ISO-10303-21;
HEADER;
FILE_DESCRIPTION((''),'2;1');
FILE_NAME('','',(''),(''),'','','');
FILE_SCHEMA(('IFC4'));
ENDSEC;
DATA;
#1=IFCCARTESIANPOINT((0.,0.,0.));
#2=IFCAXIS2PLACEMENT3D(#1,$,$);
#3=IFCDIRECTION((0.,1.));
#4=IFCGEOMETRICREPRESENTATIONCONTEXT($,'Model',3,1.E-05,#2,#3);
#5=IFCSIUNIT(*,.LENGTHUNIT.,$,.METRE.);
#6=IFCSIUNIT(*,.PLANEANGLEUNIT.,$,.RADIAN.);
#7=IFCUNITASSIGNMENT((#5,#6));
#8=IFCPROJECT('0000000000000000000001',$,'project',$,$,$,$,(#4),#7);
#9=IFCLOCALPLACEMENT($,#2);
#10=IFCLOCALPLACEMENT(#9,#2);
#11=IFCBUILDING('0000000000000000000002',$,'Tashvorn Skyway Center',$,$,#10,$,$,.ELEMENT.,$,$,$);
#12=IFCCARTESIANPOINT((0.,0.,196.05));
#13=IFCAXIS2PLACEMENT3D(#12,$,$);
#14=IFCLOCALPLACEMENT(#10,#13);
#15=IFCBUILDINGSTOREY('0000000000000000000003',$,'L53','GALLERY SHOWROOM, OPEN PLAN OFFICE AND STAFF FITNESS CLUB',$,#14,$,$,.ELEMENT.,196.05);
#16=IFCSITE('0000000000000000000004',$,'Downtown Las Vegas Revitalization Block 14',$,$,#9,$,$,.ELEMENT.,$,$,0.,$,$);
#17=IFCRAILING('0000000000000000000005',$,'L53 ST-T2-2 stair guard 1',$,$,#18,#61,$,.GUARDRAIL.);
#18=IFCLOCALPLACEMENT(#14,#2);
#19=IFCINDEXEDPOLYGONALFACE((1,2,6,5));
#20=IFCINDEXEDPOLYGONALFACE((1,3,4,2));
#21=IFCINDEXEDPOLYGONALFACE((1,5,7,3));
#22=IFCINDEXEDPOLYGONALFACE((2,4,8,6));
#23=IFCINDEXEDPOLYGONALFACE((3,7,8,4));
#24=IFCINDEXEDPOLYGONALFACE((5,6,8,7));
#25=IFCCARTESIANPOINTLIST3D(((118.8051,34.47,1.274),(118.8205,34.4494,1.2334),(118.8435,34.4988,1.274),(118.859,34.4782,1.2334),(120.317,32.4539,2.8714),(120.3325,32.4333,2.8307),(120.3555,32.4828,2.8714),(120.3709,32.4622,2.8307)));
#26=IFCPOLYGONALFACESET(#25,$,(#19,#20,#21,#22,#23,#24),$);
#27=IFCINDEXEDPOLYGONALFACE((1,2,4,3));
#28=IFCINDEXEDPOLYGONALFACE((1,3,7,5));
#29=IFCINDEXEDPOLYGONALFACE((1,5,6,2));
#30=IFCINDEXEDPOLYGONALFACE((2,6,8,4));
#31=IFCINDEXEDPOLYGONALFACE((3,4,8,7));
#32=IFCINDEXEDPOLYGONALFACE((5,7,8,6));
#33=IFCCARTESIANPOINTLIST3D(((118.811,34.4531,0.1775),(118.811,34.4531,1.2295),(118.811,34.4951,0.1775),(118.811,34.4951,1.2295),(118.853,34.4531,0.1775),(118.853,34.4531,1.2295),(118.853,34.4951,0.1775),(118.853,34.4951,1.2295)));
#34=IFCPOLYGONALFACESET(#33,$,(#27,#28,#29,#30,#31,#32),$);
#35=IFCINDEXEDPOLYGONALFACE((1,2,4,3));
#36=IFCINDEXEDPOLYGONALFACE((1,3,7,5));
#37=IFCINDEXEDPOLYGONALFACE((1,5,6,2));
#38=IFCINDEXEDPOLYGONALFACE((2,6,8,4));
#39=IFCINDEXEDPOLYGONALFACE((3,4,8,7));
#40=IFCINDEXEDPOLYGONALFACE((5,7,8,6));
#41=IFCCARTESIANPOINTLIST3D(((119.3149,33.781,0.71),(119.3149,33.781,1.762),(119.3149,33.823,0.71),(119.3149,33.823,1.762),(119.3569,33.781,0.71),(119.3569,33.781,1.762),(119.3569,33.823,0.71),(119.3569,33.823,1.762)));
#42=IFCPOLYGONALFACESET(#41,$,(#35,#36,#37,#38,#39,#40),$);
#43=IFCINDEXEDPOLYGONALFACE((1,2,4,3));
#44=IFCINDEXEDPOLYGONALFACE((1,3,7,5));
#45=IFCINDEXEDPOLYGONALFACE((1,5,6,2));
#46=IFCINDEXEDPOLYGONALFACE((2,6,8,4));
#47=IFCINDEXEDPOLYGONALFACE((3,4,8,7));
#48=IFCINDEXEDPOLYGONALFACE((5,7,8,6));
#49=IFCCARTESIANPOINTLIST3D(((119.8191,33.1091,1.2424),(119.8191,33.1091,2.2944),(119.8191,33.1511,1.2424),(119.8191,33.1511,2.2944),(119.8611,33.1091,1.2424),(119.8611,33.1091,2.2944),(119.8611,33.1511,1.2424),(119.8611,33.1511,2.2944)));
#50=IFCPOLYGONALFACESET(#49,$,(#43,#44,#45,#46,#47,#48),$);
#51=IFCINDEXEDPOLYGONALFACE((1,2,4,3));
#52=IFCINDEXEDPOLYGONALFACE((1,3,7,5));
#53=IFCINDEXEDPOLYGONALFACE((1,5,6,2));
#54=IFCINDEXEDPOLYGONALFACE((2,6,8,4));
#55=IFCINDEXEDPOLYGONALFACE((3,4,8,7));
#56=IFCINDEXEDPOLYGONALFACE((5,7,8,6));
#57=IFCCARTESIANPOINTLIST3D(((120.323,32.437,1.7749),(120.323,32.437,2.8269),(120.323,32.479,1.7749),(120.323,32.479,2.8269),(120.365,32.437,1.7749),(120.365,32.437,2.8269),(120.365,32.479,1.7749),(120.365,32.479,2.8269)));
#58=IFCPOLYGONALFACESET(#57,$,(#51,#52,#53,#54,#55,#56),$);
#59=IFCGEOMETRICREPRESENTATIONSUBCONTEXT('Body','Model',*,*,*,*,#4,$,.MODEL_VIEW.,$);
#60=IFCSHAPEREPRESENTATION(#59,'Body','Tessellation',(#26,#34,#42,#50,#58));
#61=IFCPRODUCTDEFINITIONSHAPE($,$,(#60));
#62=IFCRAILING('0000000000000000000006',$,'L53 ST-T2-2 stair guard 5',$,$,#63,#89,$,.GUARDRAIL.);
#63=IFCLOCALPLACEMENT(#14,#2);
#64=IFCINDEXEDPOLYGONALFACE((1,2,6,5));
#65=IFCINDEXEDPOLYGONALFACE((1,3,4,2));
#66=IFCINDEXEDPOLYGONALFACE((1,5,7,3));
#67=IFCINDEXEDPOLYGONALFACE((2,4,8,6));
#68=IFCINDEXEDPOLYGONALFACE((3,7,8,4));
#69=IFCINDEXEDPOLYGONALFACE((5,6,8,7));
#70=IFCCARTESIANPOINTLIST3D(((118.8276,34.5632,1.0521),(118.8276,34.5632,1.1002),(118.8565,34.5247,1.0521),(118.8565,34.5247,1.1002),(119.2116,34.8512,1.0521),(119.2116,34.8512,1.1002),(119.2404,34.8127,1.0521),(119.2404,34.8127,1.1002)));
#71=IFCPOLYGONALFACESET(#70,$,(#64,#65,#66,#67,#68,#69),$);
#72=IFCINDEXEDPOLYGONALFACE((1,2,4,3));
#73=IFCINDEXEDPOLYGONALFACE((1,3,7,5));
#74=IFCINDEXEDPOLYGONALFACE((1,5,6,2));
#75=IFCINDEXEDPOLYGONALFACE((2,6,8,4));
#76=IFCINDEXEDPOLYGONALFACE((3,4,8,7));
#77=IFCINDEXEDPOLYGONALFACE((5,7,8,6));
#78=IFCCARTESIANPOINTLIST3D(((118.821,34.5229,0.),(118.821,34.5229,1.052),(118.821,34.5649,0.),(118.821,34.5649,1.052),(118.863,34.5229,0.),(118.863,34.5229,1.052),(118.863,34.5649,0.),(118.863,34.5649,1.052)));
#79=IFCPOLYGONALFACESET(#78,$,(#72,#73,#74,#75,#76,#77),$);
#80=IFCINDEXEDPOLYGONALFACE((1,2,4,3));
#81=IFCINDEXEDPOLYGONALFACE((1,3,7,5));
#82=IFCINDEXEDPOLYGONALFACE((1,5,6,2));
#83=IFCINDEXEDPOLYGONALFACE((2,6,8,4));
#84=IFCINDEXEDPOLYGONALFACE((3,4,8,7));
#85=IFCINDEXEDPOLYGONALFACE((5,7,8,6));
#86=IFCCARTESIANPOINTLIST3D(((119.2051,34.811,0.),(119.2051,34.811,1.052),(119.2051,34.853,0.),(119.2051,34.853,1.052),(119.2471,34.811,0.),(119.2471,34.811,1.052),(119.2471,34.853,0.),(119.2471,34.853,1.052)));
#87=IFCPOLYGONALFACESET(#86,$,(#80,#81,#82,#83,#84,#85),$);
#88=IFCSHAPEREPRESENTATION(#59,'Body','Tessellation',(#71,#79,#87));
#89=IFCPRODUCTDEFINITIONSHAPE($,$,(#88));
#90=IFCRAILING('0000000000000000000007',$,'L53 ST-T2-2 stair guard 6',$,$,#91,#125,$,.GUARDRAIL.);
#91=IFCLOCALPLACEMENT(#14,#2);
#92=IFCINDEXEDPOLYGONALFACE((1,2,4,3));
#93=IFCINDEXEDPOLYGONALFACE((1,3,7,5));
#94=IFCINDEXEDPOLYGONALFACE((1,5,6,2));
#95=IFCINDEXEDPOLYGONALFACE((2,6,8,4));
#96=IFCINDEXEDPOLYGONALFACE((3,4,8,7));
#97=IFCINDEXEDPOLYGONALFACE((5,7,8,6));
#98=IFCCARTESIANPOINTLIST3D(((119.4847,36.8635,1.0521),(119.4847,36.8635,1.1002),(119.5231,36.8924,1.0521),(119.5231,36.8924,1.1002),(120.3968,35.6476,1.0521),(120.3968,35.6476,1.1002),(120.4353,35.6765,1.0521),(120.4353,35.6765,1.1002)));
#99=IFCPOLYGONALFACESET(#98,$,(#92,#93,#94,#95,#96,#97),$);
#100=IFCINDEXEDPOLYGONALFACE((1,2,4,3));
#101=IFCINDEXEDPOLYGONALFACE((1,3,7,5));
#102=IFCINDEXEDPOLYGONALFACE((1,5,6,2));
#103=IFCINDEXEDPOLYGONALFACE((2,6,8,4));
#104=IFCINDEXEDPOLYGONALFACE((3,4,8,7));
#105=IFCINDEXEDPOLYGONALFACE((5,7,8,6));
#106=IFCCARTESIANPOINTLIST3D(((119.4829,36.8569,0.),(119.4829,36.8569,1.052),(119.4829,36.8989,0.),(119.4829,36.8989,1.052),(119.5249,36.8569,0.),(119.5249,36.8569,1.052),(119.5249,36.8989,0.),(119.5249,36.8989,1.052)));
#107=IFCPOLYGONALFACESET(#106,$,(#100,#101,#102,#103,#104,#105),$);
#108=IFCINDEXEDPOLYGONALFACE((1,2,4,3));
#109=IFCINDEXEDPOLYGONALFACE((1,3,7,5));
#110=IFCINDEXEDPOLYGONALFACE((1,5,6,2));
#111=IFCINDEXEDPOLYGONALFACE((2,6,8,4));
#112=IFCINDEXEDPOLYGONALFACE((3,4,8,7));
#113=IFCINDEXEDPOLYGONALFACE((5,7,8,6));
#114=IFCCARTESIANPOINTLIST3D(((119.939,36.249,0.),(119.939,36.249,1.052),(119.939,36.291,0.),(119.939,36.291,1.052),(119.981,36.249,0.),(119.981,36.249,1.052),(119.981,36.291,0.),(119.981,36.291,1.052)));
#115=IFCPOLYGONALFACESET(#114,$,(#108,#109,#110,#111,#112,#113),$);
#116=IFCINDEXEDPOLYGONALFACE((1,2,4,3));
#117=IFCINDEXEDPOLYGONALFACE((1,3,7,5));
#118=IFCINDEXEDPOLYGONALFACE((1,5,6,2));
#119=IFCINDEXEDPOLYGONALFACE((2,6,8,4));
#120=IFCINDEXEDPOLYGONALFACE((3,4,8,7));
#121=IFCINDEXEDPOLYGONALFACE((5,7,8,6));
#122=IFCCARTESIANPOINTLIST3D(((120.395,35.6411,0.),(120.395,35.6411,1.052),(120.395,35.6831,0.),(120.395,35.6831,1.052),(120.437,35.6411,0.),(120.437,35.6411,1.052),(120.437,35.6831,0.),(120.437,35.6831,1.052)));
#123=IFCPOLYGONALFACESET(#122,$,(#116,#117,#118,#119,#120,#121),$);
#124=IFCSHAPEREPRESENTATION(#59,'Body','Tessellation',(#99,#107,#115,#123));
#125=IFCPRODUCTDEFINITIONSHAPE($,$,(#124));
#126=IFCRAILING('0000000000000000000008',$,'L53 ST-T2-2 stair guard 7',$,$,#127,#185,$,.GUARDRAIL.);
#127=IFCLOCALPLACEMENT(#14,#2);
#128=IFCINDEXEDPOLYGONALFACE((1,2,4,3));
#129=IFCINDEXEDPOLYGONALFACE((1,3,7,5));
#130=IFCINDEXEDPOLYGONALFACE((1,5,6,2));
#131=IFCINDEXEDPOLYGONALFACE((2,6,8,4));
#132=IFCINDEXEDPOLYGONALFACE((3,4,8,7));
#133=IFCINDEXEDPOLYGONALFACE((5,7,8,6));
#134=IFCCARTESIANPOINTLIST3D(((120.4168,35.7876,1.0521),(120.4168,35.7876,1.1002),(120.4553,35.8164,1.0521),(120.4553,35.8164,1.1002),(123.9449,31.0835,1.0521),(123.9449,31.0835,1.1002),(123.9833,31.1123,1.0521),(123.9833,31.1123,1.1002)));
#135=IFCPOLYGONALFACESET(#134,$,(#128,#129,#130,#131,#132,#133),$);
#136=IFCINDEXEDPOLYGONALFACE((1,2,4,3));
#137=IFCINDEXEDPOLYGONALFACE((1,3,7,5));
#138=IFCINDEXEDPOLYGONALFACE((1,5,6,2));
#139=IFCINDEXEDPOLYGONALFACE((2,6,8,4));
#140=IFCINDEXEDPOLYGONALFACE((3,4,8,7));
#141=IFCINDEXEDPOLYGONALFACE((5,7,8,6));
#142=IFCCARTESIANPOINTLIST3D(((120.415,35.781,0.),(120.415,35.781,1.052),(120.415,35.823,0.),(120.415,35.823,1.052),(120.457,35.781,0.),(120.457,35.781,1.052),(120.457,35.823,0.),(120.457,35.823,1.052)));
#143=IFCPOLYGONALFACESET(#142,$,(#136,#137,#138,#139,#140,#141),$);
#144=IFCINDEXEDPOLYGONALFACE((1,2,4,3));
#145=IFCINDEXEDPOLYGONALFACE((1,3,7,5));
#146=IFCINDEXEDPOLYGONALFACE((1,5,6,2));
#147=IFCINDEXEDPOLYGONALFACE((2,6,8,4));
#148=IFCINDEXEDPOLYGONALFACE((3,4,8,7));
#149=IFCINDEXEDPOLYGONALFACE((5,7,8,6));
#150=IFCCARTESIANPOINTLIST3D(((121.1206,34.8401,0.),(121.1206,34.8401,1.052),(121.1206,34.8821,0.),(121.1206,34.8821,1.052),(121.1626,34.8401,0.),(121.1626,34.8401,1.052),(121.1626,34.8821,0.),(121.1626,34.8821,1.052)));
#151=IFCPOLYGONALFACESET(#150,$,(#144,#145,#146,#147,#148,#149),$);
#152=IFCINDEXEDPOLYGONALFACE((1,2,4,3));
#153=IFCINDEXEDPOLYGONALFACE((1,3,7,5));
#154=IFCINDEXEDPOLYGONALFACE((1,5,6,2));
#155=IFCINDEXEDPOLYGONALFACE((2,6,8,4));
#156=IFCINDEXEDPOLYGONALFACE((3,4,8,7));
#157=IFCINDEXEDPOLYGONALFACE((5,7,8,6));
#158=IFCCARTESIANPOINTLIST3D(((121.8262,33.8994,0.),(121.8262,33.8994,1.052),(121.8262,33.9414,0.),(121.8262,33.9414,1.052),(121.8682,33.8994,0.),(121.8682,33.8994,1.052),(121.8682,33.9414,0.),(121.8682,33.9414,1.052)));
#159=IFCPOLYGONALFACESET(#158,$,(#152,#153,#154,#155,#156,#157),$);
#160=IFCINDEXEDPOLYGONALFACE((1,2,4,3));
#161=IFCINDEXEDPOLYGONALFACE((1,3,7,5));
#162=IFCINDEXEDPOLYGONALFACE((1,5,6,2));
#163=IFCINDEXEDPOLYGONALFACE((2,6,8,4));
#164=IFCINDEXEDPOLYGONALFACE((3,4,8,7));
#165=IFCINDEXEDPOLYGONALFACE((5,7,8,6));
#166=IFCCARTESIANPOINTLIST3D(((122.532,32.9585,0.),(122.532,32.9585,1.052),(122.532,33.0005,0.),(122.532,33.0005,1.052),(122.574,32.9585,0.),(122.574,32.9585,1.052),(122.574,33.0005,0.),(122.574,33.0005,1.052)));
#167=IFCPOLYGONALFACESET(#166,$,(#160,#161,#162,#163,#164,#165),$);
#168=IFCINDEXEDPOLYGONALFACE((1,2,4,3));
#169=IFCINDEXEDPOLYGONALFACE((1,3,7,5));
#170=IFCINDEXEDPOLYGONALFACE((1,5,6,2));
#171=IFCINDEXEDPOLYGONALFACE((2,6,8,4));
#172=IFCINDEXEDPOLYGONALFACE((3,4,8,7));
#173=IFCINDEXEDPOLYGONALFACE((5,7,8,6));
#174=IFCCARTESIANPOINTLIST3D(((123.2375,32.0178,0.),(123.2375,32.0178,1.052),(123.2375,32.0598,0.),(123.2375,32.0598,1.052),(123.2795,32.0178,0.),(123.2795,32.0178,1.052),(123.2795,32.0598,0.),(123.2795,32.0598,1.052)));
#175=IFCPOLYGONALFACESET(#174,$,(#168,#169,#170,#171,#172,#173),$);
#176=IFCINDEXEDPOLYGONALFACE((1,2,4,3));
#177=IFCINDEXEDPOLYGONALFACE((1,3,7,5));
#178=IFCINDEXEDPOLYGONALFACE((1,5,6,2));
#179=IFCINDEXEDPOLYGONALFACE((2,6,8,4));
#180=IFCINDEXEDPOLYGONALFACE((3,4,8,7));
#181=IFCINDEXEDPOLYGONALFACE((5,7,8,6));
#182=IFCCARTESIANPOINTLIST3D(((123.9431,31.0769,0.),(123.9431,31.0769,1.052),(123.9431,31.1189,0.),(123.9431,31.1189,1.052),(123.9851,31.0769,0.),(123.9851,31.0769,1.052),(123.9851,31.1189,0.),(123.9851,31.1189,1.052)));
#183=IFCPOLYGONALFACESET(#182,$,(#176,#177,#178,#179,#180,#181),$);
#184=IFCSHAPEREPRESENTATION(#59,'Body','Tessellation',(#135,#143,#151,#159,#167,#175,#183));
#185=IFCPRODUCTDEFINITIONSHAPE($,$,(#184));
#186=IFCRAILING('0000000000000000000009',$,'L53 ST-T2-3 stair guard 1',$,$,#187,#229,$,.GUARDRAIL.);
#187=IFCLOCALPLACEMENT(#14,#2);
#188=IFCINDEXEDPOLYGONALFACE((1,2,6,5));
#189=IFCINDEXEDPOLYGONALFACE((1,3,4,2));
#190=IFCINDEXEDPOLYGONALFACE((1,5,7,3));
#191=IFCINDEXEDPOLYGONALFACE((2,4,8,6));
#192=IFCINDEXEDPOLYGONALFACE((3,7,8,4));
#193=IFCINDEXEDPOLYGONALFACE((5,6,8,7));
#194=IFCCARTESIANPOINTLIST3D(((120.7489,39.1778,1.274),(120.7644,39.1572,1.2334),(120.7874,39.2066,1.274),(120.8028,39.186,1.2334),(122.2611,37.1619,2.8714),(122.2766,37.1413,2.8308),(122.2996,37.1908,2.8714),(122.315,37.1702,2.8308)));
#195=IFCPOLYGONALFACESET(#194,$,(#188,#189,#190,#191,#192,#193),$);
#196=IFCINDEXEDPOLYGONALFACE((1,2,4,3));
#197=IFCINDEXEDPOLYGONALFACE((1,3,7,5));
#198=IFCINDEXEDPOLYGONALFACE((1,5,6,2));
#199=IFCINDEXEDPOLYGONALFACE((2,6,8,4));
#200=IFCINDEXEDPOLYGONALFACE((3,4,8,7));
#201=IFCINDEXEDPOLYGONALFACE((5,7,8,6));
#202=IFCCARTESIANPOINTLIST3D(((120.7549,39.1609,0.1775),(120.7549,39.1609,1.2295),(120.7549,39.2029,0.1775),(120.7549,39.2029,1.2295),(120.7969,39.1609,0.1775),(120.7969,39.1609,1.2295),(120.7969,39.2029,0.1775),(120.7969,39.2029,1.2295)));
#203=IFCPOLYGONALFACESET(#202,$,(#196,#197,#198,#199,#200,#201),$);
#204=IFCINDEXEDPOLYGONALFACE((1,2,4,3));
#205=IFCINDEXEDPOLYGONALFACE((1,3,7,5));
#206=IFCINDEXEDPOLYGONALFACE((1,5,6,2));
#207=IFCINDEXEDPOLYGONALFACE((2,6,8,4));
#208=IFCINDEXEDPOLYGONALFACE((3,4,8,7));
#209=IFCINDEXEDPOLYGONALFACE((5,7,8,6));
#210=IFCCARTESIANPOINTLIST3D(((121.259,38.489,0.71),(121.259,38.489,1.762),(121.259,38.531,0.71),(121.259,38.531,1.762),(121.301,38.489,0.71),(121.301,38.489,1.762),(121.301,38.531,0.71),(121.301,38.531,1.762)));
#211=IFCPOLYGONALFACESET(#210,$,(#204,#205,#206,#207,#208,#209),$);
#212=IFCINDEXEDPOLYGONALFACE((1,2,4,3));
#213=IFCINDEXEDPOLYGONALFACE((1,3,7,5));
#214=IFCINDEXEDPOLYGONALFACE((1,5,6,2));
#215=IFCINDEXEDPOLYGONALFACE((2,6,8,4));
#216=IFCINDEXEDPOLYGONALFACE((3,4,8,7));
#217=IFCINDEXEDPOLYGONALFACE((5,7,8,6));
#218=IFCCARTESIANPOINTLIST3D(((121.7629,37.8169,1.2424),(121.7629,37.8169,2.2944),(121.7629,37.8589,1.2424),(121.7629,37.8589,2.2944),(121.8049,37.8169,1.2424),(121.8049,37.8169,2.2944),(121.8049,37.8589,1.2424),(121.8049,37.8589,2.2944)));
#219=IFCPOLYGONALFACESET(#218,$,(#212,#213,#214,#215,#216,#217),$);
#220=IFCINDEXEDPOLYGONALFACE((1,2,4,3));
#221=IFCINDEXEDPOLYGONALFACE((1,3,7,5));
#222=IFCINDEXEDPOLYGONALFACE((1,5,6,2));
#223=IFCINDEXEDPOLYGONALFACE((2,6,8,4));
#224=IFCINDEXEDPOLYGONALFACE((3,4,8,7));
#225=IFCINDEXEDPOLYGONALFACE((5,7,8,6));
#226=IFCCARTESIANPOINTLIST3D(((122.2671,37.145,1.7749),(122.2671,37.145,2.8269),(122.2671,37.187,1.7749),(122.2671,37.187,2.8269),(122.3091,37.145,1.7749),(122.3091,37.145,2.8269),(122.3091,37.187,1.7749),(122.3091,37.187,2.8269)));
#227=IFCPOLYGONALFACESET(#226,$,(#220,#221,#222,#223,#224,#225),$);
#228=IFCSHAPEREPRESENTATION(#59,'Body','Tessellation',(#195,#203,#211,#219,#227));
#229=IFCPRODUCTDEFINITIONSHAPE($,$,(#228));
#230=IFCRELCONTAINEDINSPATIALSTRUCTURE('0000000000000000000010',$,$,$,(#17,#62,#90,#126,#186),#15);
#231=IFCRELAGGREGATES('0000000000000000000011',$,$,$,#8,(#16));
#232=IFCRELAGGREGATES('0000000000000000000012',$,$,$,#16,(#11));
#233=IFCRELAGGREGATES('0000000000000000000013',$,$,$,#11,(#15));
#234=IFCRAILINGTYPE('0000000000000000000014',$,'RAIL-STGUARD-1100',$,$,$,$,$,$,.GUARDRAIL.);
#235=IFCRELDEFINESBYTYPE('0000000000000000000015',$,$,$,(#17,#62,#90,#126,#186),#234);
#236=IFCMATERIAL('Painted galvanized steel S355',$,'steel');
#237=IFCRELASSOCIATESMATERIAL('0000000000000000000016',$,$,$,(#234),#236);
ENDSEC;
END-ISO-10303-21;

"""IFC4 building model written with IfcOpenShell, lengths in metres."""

from ifc_helpers import new_model, si_unit, direction, frame, origin, origin_2d, place, context, subcontext, project, spatial, rectangle, extrude, material, type_object, element, save


model = new_model("IFC4")

# Units and contexts
model_context = context("Model", 3, precision=1e-05, world=origin(), true_north=direction((0.0, 1.0)))
body_context = subcontext(model_context, "Body", "Model", "MODEL_VIEW")
ifc_project = project(units=[si_unit("LENGTHUNIT", "METRE"), si_unit("PLANEANGLEUNIT", "RADIAN")], contexts=[model_context])

# Site, building, storey
site_placement = place(None, origin())
site = spatial("IfcSite", under=ifc_project, at=site_placement, Name="Downtown Las Vegas Revitalization Block 14", CompositionType="ELEMENT", RefElevation=0.0)
building_placement = place(site_placement, origin())
building = spatial("IfcBuilding", under=site, at=building_placement, Name="Tashvorn Skyway Center", CompositionType="ELEMENT")
storey_placement = place(building_placement, frame((0.0, 0.0, 196.05)))
storey = spatial("IfcBuildingStorey", under=building, at=storey_placement, Name="L53", Description="GALLERY SHOWROOM, OPEN PLAN OFFICE AND STAFF FITNESS CLUB", CompositionType="ELEMENT", Elevation=196.05)

# Railings
ifc_material_1 = material(Name="Painted galvanized steel S355", Category="steel")
railing_type_1 = type_object("IfcRailingType", Name="RAIL-STGUARD-1100", PredefinedType="GUARDRAIL", material=ifc_material_1)
railing_1_placement = place(storey_placement, frame((118.832, 34.4741, 0.1775)))
element("IfcRailing", 1, at=railing_1_placement, inside=storey, type_object=railing_type_1, Name="L53 ST-T2-2 stair guard 1", PredefinedType="GUARDRAIL", context=body_context, shape_type="SweptSolid", body=[
    extrude(rectangle(XDim=0.0481, YDim=0.0481, at=origin_2d()), frame((0.0, 0.0, 1.0762), z_axis=(0.506741, -0.675709, 0.535379), x_axis=(0.800023, 0.599969, 0.0)), (0.0, 0.0, 1.0), 2.9836),
    extrude(rectangle(XDim=0.042, YDim=0.042, at=origin_2d()), origin(), (0.0, 0.0, 1.0), 1.052),
    extrude(rectangle(XDim=0.042, YDim=0.042, at=origin_2d()), frame((0.5039, -0.6721, 0.5325)), (0.0, 0.0, 1.0), 1.052),
    extrude(rectangle(XDim=0.042, YDim=0.042, at=origin_2d()), frame((1.0081, -1.344, 1.0649)), (0.0, 0.0, 1.0), 1.052),
    extrude(rectangle(XDim=0.042, YDim=0.042, at=origin_2d()), frame((1.512, -2.0161, 1.5974)), (0.0, 0.0, 1.0), 1.052),
])
railing_2_placement = place(storey_placement, frame((118.842, 34.5439, 0.0)))
element("IfcRailing", 2, at=railing_2_placement, inside=storey, type_object=railing_type_1, Name="L53 ST-T2-2 stair guard 5", PredefinedType="GUARDRAIL", context=body_context, shape_type="SweptSolid", body=[
    extrude(rectangle(XDim=0.0481, YDim=0.0481, at=origin_2d()), frame((0.0, 0.0, 1.0762), z_axis=(0.799939, 0.600081, 0.0), x_axis=(-0.600081, 0.799939, 0.0)), (0.0, 0.0, 1.0), 0.48),
    extrude(rectangle(XDim=0.042, YDim=0.042, at=origin_2d()), origin(), (0.0, 0.0, 1.0), 1.052),
    extrude(rectangle(XDim=0.042, YDim=0.042, at=origin_2d()), frame((0.384, 0.2881, 0.0)), (0.0, 0.0, 1.0), 1.052),
])
railing_3_placement = place(storey_placement, frame((119.5039, 36.8779, 0.0)))
element("IfcRailing", 3, at=railing_3_placement, inside=storey, type_object=railing_type_1, Name="L53 ST-T2-2 stair guard 6", PredefinedType="GUARDRAIL", context=body_context, shape_type="SweptSolid", body=[
    extrude(rectangle(XDim=0.0481, YDim=0.0481, at=origin_2d()), frame((0.0, 0.0, 1.0762), z_axis=(0.600103, -0.799923, 0.0), x_axis=(0.799923, 0.600103, 0.0)), (0.0, 0.0, 1.0), 1.52),
    extrude(rectangle(XDim=0.042, YDim=0.042, at=origin_2d()), origin(), (0.0, 0.0, 1.0), 1.052),
    extrude(rectangle(XDim=0.042, YDim=0.042, at=origin_2d()), frame((0.4561, -0.6079, 0.0)), (0.0, 0.0, 1.0), 1.052),
    extrude(rectangle(XDim=0.042, YDim=0.042, at=origin_2d()), frame((0.9121, -1.2158, 0.0)), (0.0, 0.0, 1.0), 1.052),
])
railing_4_placement = place(storey_placement, frame((120.436, 35.802, 0.0)))
element("IfcRailing", 4, at=railing_4_placement, inside=storey, type_object=railing_type_1, Name="L53 ST-T2-2 stair guard 7", PredefinedType="GUARDRAIL", context=body_context, shape_type="SweptSolid", body=[
    extrude(rectangle(XDim=0.0481, YDim=0.0481, at=origin_2d()), frame((0.0, 0.0, 1.0762), z_axis=(0.6, -0.8, 0.0), x_axis=(0.8, 0.6, 0.0)), (0.0, 0.0, 1.0), 5.8801),
    extrude(rectangle(XDim=0.042, YDim=0.042, at=origin_2d()), origin(), (0.0, 0.0, 1.0), 1.052),
    extrude(rectangle(XDim=0.042, YDim=0.042, at=origin_2d()), frame((0.7056, -0.9409, 0.0)), (0.0, 0.0, 1.0), 1.052),
    extrude(rectangle(XDim=0.042, YDim=0.042, at=origin_2d()), frame((1.4111, -1.8816, 0.0)), (0.0, 0.0, 1.0), 1.052),
    extrude(rectangle(XDim=0.042, YDim=0.042, at=origin_2d()), frame((2.1169, -2.8225, 0.0)), (0.0, 0.0, 1.0), 1.052),
    extrude(rectangle(XDim=0.042, YDim=0.042, at=origin_2d()), frame((2.8225, -3.7632, 0.0)), (0.0, 0.0, 1.0), 1.052),
    extrude(rectangle(XDim=0.042, YDim=0.042, at=origin_2d()), frame((3.5281, -4.7041, 0.0)), (0.0, 0.0, 1.0), 1.052),
])
railing_5_placement = place(storey_placement, frame((120.7759, 39.1819, 0.1775)))
element("IfcRailing", 5, at=railing_5_placement, inside=storey, type_object=railing_type_1, Name="L53 ST-T2-3 stair guard 1", PredefinedType="GUARDRAIL", context=body_context, shape_type="SweptSolid", body=[
    extrude(rectangle(XDim=0.0481, YDim=0.0481, at=origin_2d()), frame((0.0, 0.0, 1.0762), z_axis=(0.50683, -0.675636, 0.535387), x_axis=(0.799942, 0.600078, 0.0)), (0.0, 0.0, 1.0), 2.9836),
    extrude(rectangle(XDim=0.042, YDim=0.042, at=origin_2d()), origin(), (0.0, 0.0, 1.0), 1.052),
    extrude(rectangle(XDim=0.042, YDim=0.042, at=origin_2d()), frame((0.5042, -0.6719, 0.5325)), (0.0, 0.0, 1.0), 1.052),
    extrude(rectangle(XDim=0.042, YDim=0.042, at=origin_2d()), frame((1.0081, -1.344, 1.0649)), (0.0, 0.0, 1.0), 1.052),
    extrude(rectangle(XDim=0.042, YDim=0.042, at=origin_2d()), frame((1.5122, -2.0159, 1.5974)), (0.0, 0.0, 1.0), 1.052),
])

save(model, "model.ifc")
